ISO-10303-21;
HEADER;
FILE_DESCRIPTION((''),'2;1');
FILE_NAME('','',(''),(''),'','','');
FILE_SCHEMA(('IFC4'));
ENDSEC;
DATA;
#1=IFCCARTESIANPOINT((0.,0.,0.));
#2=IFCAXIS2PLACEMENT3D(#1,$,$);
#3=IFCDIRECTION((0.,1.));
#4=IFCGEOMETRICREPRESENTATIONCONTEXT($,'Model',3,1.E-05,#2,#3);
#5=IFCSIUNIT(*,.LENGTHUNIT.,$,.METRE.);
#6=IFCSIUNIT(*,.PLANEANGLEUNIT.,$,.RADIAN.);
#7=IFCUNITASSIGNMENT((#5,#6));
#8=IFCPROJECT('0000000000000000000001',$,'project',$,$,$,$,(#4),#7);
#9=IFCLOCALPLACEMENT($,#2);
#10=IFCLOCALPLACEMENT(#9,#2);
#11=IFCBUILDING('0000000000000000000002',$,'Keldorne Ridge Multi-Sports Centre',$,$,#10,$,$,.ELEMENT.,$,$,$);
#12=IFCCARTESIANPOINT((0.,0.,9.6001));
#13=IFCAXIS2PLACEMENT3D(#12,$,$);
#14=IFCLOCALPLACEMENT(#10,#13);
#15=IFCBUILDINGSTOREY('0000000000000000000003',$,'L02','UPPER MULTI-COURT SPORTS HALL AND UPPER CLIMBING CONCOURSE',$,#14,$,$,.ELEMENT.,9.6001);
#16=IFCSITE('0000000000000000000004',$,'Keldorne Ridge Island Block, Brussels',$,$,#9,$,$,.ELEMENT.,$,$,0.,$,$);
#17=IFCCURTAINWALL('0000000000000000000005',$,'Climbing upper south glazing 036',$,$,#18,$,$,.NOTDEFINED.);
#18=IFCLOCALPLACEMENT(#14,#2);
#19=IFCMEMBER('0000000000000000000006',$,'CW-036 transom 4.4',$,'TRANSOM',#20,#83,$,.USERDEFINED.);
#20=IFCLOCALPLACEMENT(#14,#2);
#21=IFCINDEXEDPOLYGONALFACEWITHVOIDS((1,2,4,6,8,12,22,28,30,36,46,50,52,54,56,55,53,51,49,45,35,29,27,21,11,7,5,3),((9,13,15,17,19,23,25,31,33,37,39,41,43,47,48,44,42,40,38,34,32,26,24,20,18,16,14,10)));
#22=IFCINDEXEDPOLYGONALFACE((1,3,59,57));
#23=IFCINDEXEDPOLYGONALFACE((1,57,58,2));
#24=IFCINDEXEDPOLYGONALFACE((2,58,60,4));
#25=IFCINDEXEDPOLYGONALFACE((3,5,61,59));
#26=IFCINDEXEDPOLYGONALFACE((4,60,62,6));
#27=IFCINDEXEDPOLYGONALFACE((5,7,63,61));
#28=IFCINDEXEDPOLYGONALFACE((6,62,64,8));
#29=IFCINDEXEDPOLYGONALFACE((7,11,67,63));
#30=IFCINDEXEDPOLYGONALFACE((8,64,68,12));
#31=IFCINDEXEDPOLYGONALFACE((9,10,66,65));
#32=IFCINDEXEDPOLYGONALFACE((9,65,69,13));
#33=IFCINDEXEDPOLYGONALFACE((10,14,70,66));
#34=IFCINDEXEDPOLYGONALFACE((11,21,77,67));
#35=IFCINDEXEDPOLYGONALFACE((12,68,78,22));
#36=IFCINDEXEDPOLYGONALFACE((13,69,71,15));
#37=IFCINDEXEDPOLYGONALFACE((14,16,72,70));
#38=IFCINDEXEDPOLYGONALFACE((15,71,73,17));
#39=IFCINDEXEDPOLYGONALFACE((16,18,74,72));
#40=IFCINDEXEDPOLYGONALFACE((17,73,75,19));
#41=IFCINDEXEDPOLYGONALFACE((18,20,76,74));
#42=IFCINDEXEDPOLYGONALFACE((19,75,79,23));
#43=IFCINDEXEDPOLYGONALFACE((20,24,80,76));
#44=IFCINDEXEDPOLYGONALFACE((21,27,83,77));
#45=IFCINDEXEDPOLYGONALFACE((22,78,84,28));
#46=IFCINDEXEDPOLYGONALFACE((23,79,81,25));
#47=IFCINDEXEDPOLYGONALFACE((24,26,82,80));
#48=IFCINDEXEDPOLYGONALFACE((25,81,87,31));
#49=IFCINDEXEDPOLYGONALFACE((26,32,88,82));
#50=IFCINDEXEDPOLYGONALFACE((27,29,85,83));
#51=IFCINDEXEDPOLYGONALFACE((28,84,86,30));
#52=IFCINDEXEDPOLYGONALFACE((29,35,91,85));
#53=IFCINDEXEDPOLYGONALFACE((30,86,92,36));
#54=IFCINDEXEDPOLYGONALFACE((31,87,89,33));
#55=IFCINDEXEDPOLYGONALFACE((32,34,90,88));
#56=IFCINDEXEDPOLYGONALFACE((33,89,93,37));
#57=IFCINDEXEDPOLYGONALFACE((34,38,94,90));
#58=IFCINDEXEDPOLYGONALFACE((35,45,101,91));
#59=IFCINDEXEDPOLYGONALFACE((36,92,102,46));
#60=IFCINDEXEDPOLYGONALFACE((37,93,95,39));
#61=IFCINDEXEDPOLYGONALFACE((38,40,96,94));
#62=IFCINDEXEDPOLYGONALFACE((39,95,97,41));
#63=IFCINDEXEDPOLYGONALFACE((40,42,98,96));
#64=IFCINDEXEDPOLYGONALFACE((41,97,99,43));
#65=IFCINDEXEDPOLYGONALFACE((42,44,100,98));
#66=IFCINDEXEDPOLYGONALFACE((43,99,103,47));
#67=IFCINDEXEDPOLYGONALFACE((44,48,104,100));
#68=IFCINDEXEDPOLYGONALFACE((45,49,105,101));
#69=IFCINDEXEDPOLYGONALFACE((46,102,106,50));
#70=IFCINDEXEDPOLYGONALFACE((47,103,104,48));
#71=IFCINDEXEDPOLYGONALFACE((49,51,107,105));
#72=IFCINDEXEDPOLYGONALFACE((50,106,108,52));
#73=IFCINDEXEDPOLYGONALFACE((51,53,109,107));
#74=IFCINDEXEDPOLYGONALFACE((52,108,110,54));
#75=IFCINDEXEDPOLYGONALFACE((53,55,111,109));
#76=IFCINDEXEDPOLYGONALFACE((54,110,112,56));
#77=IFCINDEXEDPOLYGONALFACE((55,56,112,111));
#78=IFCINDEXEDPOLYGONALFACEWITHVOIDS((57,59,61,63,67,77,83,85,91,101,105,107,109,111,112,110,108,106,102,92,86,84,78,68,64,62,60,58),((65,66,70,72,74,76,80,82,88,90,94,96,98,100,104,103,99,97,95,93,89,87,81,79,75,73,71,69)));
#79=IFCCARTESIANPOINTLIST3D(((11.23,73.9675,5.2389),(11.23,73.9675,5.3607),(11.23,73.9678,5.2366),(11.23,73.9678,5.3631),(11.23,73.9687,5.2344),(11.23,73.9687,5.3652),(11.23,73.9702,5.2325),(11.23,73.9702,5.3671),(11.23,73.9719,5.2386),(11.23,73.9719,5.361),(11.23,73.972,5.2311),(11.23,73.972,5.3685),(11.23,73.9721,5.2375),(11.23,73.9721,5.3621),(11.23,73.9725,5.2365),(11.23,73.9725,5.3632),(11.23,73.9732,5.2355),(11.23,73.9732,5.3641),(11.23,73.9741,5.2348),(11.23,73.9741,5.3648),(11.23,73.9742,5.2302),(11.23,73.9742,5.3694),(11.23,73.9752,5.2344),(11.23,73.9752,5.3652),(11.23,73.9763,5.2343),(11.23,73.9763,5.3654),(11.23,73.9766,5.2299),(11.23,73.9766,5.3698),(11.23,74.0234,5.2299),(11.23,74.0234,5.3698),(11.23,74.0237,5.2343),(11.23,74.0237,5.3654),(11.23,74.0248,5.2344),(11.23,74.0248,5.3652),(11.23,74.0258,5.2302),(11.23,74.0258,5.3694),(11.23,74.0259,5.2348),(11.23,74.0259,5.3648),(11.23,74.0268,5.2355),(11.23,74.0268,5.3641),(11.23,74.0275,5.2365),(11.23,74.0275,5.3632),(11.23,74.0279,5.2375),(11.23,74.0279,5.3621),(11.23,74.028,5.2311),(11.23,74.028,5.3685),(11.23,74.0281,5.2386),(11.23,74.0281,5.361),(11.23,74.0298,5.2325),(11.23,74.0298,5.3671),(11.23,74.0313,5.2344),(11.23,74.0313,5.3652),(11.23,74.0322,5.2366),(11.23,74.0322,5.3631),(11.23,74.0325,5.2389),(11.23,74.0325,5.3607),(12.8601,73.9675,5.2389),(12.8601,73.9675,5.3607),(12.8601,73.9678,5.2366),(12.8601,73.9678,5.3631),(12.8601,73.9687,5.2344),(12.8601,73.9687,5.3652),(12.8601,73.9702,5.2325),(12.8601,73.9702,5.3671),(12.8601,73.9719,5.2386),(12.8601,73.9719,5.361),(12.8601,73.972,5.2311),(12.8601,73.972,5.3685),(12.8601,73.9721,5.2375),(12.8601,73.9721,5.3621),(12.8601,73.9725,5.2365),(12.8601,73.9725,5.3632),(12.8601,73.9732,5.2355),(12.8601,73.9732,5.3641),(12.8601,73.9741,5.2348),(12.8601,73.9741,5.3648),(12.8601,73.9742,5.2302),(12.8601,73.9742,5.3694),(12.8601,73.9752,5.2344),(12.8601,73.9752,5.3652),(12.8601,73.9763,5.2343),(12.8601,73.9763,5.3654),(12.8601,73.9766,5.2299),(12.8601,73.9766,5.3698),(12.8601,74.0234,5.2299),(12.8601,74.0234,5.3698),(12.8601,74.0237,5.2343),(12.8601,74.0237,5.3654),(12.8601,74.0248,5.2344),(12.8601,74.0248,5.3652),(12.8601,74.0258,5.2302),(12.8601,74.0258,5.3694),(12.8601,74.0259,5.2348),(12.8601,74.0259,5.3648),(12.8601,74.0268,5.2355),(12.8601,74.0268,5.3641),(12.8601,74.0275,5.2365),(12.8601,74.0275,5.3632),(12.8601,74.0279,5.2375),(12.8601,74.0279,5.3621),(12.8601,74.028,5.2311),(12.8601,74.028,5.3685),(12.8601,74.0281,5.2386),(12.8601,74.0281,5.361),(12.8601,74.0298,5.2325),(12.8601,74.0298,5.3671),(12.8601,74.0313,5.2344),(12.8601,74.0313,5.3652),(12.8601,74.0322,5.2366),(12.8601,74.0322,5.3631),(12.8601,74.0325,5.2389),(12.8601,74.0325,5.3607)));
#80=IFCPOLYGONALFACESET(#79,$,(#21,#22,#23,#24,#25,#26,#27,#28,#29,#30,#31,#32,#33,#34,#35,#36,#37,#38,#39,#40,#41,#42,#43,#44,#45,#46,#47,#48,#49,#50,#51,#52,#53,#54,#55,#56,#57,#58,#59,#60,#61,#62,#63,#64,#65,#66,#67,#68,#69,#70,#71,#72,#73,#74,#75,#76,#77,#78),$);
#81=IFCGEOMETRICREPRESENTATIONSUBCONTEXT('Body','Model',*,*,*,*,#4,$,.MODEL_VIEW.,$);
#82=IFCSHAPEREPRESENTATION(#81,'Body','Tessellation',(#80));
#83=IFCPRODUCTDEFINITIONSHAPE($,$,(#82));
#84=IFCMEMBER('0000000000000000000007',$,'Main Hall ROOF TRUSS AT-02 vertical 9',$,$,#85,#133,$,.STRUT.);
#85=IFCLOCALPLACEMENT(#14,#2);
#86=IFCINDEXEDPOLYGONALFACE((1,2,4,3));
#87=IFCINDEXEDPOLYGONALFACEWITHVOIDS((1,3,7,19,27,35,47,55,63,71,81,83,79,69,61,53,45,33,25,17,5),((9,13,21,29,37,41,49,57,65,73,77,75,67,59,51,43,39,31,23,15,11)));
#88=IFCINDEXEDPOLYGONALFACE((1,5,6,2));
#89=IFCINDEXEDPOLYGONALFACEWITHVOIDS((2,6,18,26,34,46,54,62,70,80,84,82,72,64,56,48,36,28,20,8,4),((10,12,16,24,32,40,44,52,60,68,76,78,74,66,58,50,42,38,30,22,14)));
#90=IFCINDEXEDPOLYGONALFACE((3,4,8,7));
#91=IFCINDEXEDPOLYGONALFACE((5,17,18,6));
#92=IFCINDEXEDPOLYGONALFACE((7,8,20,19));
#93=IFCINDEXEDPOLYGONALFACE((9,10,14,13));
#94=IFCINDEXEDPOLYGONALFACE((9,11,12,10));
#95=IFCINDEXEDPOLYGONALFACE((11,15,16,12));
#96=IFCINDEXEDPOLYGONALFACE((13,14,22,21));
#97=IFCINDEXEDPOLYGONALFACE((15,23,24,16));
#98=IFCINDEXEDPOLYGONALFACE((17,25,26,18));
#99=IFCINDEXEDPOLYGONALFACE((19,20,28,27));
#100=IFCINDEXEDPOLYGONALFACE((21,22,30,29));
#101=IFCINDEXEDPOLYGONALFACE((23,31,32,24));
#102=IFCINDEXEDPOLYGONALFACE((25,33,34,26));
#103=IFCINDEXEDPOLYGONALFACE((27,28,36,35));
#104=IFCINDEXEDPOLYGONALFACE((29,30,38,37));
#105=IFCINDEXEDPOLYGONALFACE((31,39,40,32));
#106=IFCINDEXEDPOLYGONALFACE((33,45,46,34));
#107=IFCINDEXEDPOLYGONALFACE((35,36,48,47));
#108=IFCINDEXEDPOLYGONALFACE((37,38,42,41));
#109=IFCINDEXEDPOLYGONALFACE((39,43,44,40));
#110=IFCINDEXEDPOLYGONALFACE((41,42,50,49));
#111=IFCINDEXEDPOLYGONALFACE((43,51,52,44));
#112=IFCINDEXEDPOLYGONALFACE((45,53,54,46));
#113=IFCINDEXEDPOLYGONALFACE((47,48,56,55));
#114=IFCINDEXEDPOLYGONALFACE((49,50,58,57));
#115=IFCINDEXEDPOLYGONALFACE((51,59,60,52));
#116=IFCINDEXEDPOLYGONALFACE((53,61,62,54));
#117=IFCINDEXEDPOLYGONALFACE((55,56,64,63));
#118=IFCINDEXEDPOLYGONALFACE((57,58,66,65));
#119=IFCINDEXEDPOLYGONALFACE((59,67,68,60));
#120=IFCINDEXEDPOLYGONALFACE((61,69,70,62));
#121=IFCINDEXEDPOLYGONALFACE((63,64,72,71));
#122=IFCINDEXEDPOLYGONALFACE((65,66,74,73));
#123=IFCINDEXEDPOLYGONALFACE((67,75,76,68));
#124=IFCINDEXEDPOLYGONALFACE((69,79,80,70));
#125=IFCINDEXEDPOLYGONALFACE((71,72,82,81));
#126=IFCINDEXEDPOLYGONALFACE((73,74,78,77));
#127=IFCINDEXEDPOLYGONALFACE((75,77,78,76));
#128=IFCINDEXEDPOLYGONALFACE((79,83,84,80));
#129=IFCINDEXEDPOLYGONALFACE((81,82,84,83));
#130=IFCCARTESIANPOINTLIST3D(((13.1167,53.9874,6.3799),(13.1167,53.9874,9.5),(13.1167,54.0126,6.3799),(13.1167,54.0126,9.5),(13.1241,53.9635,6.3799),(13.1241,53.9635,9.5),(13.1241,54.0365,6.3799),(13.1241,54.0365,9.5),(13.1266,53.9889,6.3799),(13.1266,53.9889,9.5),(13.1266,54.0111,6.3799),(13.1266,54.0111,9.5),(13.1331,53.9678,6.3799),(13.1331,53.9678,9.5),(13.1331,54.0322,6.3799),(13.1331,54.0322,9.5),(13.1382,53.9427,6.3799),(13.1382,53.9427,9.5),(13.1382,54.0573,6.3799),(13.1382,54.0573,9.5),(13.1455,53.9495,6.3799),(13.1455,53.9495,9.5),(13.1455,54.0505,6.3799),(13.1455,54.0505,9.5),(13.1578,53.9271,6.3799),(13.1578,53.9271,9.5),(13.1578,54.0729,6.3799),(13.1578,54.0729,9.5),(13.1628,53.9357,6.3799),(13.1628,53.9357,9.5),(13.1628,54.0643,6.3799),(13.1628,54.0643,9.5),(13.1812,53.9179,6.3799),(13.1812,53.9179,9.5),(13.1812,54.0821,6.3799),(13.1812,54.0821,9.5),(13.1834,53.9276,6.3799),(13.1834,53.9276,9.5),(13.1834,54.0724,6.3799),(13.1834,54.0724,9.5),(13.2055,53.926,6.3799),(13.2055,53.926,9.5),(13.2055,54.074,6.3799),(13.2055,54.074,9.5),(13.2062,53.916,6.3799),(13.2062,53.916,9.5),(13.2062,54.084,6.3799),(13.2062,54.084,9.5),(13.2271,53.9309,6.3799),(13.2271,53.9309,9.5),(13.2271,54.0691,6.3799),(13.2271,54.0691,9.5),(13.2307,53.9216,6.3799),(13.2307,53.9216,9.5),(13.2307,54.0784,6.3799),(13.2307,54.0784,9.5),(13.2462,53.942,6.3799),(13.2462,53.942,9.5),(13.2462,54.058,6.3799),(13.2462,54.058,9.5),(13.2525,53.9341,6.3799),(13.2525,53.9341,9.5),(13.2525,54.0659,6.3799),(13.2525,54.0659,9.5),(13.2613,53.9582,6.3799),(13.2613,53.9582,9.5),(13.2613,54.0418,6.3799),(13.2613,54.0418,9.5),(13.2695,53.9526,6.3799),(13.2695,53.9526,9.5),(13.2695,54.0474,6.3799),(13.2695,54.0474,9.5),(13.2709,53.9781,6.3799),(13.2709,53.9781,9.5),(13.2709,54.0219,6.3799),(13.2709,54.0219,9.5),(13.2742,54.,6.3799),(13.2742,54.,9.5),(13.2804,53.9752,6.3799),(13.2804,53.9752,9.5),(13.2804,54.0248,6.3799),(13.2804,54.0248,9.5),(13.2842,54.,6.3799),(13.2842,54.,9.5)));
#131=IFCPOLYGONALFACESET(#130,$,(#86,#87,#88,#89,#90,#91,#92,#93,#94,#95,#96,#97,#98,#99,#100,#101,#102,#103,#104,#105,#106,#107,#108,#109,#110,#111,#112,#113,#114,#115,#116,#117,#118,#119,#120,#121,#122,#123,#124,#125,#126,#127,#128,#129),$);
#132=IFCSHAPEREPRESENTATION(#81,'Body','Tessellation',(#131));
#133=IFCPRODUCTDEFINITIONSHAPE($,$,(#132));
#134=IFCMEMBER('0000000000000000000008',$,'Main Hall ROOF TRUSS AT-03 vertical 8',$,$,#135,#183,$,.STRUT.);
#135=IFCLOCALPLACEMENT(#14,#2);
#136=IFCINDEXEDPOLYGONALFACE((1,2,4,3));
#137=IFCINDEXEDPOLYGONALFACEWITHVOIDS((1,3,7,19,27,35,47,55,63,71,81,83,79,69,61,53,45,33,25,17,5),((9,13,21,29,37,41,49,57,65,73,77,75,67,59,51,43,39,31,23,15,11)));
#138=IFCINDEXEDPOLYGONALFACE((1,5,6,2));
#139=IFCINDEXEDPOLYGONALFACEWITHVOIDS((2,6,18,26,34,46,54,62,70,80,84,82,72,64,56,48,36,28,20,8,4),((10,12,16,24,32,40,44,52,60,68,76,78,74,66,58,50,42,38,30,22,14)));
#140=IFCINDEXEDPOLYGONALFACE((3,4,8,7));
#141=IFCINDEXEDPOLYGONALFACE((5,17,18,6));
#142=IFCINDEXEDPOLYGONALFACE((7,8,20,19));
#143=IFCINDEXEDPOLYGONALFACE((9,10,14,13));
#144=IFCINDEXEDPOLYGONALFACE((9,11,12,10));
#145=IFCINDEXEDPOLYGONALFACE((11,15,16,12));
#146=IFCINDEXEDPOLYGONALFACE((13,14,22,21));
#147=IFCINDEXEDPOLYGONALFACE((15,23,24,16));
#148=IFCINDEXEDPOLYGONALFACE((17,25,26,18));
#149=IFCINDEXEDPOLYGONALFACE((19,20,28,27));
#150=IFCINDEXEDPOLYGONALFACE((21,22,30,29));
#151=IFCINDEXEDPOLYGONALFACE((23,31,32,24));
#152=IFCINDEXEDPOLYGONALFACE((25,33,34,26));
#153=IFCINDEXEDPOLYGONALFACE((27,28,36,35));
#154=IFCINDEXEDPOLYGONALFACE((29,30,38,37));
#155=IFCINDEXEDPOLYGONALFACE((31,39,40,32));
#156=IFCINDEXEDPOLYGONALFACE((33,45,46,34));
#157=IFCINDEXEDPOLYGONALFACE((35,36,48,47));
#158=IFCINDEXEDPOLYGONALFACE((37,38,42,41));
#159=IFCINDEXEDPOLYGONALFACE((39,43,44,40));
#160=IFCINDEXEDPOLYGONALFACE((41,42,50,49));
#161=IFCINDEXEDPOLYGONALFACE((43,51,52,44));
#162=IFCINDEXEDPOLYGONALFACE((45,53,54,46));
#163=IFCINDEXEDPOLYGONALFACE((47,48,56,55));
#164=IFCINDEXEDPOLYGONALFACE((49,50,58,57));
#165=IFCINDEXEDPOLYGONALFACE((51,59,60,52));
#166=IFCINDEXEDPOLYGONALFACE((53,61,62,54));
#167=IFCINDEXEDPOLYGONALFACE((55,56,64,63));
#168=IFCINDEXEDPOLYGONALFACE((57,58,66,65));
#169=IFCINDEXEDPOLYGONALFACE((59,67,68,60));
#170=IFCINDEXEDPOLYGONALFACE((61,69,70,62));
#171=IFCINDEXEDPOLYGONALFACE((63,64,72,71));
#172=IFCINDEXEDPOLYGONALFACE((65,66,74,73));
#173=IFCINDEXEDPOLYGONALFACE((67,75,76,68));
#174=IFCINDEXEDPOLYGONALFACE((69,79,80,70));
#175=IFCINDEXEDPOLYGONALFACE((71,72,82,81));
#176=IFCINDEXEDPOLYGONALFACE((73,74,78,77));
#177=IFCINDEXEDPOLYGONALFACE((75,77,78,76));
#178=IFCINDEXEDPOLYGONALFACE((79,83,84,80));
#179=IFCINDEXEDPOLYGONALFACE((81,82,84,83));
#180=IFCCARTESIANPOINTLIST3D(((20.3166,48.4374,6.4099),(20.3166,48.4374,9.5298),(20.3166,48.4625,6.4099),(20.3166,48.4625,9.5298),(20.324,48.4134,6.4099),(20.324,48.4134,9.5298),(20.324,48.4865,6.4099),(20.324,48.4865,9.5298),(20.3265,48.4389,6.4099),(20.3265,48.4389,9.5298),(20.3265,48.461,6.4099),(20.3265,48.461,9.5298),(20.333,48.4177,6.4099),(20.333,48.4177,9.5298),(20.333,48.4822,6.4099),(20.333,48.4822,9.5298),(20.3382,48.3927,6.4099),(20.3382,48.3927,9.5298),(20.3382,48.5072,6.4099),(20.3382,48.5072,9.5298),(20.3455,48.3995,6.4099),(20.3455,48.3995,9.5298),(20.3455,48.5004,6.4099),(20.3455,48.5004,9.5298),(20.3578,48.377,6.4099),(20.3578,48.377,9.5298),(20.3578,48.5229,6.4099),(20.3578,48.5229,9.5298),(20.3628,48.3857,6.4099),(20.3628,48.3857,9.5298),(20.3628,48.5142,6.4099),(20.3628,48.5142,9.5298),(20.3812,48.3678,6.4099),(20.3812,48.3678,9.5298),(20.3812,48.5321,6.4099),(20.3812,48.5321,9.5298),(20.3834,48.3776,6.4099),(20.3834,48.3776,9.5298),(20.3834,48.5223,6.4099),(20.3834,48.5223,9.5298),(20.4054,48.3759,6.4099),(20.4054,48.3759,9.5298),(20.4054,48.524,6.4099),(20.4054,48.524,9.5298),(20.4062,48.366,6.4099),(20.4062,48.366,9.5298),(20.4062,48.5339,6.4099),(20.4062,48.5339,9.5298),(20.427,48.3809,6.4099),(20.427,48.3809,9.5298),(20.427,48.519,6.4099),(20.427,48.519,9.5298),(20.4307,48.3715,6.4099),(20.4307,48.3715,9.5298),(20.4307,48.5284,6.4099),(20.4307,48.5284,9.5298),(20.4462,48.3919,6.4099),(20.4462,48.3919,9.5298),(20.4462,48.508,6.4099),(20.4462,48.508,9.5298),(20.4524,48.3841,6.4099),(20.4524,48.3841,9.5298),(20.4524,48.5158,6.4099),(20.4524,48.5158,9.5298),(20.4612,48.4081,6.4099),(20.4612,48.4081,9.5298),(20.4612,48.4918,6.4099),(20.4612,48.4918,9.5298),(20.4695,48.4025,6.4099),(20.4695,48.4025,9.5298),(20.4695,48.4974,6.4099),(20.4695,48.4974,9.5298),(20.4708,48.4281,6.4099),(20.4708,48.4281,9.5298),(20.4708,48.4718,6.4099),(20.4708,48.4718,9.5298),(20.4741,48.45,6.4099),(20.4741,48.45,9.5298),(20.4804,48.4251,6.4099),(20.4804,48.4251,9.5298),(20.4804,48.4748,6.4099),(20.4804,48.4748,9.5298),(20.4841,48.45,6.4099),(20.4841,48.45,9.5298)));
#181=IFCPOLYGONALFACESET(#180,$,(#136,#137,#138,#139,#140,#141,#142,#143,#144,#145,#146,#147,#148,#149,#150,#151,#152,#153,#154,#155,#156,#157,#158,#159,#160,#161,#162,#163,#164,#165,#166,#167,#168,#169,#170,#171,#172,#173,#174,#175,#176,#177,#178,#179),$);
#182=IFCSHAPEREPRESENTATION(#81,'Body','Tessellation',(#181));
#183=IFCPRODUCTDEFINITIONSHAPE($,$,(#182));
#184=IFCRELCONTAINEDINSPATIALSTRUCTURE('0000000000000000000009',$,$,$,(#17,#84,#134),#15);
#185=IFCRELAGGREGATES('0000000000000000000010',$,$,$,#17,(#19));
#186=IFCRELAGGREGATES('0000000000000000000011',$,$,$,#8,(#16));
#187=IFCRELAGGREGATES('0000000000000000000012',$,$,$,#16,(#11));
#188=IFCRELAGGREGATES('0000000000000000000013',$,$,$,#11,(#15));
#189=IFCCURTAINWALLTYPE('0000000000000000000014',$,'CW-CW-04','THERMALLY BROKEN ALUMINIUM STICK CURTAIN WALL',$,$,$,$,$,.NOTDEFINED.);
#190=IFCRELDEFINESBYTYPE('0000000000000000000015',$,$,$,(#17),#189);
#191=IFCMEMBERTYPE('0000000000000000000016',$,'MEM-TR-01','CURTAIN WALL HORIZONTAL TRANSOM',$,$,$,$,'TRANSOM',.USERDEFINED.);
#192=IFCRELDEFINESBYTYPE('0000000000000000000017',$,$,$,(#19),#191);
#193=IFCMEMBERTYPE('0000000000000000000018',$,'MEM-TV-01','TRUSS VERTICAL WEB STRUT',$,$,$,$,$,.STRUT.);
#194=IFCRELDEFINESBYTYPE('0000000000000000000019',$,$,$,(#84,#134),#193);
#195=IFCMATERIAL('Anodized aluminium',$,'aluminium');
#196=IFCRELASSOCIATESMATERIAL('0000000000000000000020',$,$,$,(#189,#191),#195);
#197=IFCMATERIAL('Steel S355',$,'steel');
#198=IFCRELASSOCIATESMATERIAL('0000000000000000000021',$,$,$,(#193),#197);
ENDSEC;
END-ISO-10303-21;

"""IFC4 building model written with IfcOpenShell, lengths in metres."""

from ifc_helpers import new_model, si_unit, direction, frame, origin, origin_2d, place, context, subcontext, project, spatial, hollow_rectangle, hollow_circle, extrude, material, material_profile, profile_set, type_object, element, aggregate, save


model = new_model("IFC4")

# Units and contexts
model_context = context("Model", 3, precision=1e-05, world=origin(), true_north=direction((0.0, 1.0)))
body_context = subcontext(model_context, "Body", "Model", "MODEL_VIEW")
ifc_project = project(units=[si_unit("LENGTHUNIT", "METRE"), si_unit("PLANEANGLEUNIT", "RADIAN")], contexts=[model_context])

# Site, building, storey
site_placement = place(None, origin())
site = spatial("IfcSite", under=ifc_project, at=site_placement, Name="Keldorne Ridge Island Block, Brussels", CompositionType="ELEMENT", RefElevation=0.0)
building_placement = place(site_placement, origin())
building = spatial("IfcBuilding", under=site, at=building_placement, Name="Keldorne Ridge Multi-Sports Centre", CompositionType="ELEMENT")
storey_placement = place(building_placement, frame((0.0, 0.0, 9.6001)))
storey = spatial("IfcBuildingStorey", under=building, at=storey_placement, Name="L02", Description="UPPER MULTI-COURT SPORTS HALL AND UPPER CLIMBING CONCOURSE", CompositionType="ELEMENT", Elevation=9.6001)

# Shared definitions
ifc_material_1 = material(Name="Steel S355", Category="steel")

# Curtain wall
ifc_material_2 = material(Name="Anodized aluminium", Category="aluminium")
curtain_wall_type = type_object("IfcCurtainWallType", Name="CW-CW-04", Description="THERMALLY BROKEN ALUMINIUM STICK CURTAIN WALL", PredefinedType="NOTDEFINED", material=ifc_material_2)
curtain_wall_placement = place(storey_placement, origin())
curtain_wall = element("IfcCurtainWall", 1, at=curtain_wall_placement, inside=storey, type_object=curtain_wall_type, Name="Climbing upper south glazing 036", PredefinedType="NOTDEFINED")

# Member
ifc_material_profile_1 = material_profile(ifc_material_2, hollow_rectangle(XDim=0.0649, YDim=0.1399, WallThickness=0.0044, InnerFilletRadius=0.0044, OuterFilletRadius=0.009, at=origin_2d()), Name="ALU TRANSOM 140x65x4.5")
ifc_profile_set_1 = profile_set([ifc_material_profile_1], Name="Anodized aluminium")
member_type_1 = type_object("IfcMemberType", Name="MEM-TR-01", Description="CURTAIN WALL HORIZONTAL TRANSOM", ElementType="TRANSOM", PredefinedType="USERDEFINED", material=ifc_profile_set_1)
member_1_placement = place(storey_placement, frame((11.23, 74.0, 5.2998), z_axis=(1.0, 0.0, 0.0), x_axis=(0.0, 1.0, 0.0)))
member_1 = element("IfcMember", 2, at=member_1_placement, type_object=member_type_1, Name="CW-036 transom 4.4", ObjectType="TRANSOM", PredefinedType="USERDEFINED", context=body_context, shape_type="SweptSolid", body=[
    extrude(hollow_rectangle(XDim=0.0649, YDim=0.1399, WallThickness=0.0044, InnerFilletRadius=0.0044, OuterFilletRadius=0.009, at=origin_2d()), origin(), (0.0, 0.0, 1.0), 1.6301),
])

# Members
ifc_material_profile_2 = material_profile(ifc_material_1, hollow_circle(Radius=0.0842, WallThickness=0.01, at=origin_2d()), Name="CHS 168.3x10")
ifc_profile_set_2 = profile_set([ifc_material_profile_2], Name="Steel S355")
member_type_2 = type_object("IfcMemberType", Name="MEM-TV-01", Description="TRUSS VERTICAL WEB STRUT", PredefinedType="STRUT", material=ifc_profile_set_2)
member_2_placement = place(storey_placement, frame((13.2, 54.0, 6.3799), z_axis=(0.0, 0.0, 1.0), x_axis=(1.0, 0.0, 0.0)))
element("IfcMember", 3, at=member_2_placement, inside=storey, type_object=member_type_2, Name="Main Hall ROOF TRUSS AT-02 vertical 9", PredefinedType="STRUT", context=body_context, shape_type="SweptSolid", body=[
    extrude(hollow_circle(Radius=0.0842, WallThickness=0.01, at=origin_2d()), origin(), (0.0, 0.0, 1.0), 3.1201),
])
for number, where, z_axis, x_axis, name in (
    (4, (20.3999, 48.45, 6.4099), (0.0, 0.0, 1.0), (1.0, 0.0, 0.0), "Main Hall ROOF TRUSS AT-03 vertical 8"),
):
    element("IfcMember", number, at=place(storey_placement, frame(where, z_axis=z_axis, x_axis=x_axis)), inside=storey, type_object=member_type_2, Name=name, PredefinedType="STRUT", context=body_context, shape_type="SweptSolid", body=[
        extrude(hollow_circle(Radius=0.0842, WallThickness=0.01, at=origin_2d()), origin(), (0.0, 0.0, 1.0), 3.1199),
    ])

aggregate(curtain_wall, [member_1])

save(model, "model.ifc")
